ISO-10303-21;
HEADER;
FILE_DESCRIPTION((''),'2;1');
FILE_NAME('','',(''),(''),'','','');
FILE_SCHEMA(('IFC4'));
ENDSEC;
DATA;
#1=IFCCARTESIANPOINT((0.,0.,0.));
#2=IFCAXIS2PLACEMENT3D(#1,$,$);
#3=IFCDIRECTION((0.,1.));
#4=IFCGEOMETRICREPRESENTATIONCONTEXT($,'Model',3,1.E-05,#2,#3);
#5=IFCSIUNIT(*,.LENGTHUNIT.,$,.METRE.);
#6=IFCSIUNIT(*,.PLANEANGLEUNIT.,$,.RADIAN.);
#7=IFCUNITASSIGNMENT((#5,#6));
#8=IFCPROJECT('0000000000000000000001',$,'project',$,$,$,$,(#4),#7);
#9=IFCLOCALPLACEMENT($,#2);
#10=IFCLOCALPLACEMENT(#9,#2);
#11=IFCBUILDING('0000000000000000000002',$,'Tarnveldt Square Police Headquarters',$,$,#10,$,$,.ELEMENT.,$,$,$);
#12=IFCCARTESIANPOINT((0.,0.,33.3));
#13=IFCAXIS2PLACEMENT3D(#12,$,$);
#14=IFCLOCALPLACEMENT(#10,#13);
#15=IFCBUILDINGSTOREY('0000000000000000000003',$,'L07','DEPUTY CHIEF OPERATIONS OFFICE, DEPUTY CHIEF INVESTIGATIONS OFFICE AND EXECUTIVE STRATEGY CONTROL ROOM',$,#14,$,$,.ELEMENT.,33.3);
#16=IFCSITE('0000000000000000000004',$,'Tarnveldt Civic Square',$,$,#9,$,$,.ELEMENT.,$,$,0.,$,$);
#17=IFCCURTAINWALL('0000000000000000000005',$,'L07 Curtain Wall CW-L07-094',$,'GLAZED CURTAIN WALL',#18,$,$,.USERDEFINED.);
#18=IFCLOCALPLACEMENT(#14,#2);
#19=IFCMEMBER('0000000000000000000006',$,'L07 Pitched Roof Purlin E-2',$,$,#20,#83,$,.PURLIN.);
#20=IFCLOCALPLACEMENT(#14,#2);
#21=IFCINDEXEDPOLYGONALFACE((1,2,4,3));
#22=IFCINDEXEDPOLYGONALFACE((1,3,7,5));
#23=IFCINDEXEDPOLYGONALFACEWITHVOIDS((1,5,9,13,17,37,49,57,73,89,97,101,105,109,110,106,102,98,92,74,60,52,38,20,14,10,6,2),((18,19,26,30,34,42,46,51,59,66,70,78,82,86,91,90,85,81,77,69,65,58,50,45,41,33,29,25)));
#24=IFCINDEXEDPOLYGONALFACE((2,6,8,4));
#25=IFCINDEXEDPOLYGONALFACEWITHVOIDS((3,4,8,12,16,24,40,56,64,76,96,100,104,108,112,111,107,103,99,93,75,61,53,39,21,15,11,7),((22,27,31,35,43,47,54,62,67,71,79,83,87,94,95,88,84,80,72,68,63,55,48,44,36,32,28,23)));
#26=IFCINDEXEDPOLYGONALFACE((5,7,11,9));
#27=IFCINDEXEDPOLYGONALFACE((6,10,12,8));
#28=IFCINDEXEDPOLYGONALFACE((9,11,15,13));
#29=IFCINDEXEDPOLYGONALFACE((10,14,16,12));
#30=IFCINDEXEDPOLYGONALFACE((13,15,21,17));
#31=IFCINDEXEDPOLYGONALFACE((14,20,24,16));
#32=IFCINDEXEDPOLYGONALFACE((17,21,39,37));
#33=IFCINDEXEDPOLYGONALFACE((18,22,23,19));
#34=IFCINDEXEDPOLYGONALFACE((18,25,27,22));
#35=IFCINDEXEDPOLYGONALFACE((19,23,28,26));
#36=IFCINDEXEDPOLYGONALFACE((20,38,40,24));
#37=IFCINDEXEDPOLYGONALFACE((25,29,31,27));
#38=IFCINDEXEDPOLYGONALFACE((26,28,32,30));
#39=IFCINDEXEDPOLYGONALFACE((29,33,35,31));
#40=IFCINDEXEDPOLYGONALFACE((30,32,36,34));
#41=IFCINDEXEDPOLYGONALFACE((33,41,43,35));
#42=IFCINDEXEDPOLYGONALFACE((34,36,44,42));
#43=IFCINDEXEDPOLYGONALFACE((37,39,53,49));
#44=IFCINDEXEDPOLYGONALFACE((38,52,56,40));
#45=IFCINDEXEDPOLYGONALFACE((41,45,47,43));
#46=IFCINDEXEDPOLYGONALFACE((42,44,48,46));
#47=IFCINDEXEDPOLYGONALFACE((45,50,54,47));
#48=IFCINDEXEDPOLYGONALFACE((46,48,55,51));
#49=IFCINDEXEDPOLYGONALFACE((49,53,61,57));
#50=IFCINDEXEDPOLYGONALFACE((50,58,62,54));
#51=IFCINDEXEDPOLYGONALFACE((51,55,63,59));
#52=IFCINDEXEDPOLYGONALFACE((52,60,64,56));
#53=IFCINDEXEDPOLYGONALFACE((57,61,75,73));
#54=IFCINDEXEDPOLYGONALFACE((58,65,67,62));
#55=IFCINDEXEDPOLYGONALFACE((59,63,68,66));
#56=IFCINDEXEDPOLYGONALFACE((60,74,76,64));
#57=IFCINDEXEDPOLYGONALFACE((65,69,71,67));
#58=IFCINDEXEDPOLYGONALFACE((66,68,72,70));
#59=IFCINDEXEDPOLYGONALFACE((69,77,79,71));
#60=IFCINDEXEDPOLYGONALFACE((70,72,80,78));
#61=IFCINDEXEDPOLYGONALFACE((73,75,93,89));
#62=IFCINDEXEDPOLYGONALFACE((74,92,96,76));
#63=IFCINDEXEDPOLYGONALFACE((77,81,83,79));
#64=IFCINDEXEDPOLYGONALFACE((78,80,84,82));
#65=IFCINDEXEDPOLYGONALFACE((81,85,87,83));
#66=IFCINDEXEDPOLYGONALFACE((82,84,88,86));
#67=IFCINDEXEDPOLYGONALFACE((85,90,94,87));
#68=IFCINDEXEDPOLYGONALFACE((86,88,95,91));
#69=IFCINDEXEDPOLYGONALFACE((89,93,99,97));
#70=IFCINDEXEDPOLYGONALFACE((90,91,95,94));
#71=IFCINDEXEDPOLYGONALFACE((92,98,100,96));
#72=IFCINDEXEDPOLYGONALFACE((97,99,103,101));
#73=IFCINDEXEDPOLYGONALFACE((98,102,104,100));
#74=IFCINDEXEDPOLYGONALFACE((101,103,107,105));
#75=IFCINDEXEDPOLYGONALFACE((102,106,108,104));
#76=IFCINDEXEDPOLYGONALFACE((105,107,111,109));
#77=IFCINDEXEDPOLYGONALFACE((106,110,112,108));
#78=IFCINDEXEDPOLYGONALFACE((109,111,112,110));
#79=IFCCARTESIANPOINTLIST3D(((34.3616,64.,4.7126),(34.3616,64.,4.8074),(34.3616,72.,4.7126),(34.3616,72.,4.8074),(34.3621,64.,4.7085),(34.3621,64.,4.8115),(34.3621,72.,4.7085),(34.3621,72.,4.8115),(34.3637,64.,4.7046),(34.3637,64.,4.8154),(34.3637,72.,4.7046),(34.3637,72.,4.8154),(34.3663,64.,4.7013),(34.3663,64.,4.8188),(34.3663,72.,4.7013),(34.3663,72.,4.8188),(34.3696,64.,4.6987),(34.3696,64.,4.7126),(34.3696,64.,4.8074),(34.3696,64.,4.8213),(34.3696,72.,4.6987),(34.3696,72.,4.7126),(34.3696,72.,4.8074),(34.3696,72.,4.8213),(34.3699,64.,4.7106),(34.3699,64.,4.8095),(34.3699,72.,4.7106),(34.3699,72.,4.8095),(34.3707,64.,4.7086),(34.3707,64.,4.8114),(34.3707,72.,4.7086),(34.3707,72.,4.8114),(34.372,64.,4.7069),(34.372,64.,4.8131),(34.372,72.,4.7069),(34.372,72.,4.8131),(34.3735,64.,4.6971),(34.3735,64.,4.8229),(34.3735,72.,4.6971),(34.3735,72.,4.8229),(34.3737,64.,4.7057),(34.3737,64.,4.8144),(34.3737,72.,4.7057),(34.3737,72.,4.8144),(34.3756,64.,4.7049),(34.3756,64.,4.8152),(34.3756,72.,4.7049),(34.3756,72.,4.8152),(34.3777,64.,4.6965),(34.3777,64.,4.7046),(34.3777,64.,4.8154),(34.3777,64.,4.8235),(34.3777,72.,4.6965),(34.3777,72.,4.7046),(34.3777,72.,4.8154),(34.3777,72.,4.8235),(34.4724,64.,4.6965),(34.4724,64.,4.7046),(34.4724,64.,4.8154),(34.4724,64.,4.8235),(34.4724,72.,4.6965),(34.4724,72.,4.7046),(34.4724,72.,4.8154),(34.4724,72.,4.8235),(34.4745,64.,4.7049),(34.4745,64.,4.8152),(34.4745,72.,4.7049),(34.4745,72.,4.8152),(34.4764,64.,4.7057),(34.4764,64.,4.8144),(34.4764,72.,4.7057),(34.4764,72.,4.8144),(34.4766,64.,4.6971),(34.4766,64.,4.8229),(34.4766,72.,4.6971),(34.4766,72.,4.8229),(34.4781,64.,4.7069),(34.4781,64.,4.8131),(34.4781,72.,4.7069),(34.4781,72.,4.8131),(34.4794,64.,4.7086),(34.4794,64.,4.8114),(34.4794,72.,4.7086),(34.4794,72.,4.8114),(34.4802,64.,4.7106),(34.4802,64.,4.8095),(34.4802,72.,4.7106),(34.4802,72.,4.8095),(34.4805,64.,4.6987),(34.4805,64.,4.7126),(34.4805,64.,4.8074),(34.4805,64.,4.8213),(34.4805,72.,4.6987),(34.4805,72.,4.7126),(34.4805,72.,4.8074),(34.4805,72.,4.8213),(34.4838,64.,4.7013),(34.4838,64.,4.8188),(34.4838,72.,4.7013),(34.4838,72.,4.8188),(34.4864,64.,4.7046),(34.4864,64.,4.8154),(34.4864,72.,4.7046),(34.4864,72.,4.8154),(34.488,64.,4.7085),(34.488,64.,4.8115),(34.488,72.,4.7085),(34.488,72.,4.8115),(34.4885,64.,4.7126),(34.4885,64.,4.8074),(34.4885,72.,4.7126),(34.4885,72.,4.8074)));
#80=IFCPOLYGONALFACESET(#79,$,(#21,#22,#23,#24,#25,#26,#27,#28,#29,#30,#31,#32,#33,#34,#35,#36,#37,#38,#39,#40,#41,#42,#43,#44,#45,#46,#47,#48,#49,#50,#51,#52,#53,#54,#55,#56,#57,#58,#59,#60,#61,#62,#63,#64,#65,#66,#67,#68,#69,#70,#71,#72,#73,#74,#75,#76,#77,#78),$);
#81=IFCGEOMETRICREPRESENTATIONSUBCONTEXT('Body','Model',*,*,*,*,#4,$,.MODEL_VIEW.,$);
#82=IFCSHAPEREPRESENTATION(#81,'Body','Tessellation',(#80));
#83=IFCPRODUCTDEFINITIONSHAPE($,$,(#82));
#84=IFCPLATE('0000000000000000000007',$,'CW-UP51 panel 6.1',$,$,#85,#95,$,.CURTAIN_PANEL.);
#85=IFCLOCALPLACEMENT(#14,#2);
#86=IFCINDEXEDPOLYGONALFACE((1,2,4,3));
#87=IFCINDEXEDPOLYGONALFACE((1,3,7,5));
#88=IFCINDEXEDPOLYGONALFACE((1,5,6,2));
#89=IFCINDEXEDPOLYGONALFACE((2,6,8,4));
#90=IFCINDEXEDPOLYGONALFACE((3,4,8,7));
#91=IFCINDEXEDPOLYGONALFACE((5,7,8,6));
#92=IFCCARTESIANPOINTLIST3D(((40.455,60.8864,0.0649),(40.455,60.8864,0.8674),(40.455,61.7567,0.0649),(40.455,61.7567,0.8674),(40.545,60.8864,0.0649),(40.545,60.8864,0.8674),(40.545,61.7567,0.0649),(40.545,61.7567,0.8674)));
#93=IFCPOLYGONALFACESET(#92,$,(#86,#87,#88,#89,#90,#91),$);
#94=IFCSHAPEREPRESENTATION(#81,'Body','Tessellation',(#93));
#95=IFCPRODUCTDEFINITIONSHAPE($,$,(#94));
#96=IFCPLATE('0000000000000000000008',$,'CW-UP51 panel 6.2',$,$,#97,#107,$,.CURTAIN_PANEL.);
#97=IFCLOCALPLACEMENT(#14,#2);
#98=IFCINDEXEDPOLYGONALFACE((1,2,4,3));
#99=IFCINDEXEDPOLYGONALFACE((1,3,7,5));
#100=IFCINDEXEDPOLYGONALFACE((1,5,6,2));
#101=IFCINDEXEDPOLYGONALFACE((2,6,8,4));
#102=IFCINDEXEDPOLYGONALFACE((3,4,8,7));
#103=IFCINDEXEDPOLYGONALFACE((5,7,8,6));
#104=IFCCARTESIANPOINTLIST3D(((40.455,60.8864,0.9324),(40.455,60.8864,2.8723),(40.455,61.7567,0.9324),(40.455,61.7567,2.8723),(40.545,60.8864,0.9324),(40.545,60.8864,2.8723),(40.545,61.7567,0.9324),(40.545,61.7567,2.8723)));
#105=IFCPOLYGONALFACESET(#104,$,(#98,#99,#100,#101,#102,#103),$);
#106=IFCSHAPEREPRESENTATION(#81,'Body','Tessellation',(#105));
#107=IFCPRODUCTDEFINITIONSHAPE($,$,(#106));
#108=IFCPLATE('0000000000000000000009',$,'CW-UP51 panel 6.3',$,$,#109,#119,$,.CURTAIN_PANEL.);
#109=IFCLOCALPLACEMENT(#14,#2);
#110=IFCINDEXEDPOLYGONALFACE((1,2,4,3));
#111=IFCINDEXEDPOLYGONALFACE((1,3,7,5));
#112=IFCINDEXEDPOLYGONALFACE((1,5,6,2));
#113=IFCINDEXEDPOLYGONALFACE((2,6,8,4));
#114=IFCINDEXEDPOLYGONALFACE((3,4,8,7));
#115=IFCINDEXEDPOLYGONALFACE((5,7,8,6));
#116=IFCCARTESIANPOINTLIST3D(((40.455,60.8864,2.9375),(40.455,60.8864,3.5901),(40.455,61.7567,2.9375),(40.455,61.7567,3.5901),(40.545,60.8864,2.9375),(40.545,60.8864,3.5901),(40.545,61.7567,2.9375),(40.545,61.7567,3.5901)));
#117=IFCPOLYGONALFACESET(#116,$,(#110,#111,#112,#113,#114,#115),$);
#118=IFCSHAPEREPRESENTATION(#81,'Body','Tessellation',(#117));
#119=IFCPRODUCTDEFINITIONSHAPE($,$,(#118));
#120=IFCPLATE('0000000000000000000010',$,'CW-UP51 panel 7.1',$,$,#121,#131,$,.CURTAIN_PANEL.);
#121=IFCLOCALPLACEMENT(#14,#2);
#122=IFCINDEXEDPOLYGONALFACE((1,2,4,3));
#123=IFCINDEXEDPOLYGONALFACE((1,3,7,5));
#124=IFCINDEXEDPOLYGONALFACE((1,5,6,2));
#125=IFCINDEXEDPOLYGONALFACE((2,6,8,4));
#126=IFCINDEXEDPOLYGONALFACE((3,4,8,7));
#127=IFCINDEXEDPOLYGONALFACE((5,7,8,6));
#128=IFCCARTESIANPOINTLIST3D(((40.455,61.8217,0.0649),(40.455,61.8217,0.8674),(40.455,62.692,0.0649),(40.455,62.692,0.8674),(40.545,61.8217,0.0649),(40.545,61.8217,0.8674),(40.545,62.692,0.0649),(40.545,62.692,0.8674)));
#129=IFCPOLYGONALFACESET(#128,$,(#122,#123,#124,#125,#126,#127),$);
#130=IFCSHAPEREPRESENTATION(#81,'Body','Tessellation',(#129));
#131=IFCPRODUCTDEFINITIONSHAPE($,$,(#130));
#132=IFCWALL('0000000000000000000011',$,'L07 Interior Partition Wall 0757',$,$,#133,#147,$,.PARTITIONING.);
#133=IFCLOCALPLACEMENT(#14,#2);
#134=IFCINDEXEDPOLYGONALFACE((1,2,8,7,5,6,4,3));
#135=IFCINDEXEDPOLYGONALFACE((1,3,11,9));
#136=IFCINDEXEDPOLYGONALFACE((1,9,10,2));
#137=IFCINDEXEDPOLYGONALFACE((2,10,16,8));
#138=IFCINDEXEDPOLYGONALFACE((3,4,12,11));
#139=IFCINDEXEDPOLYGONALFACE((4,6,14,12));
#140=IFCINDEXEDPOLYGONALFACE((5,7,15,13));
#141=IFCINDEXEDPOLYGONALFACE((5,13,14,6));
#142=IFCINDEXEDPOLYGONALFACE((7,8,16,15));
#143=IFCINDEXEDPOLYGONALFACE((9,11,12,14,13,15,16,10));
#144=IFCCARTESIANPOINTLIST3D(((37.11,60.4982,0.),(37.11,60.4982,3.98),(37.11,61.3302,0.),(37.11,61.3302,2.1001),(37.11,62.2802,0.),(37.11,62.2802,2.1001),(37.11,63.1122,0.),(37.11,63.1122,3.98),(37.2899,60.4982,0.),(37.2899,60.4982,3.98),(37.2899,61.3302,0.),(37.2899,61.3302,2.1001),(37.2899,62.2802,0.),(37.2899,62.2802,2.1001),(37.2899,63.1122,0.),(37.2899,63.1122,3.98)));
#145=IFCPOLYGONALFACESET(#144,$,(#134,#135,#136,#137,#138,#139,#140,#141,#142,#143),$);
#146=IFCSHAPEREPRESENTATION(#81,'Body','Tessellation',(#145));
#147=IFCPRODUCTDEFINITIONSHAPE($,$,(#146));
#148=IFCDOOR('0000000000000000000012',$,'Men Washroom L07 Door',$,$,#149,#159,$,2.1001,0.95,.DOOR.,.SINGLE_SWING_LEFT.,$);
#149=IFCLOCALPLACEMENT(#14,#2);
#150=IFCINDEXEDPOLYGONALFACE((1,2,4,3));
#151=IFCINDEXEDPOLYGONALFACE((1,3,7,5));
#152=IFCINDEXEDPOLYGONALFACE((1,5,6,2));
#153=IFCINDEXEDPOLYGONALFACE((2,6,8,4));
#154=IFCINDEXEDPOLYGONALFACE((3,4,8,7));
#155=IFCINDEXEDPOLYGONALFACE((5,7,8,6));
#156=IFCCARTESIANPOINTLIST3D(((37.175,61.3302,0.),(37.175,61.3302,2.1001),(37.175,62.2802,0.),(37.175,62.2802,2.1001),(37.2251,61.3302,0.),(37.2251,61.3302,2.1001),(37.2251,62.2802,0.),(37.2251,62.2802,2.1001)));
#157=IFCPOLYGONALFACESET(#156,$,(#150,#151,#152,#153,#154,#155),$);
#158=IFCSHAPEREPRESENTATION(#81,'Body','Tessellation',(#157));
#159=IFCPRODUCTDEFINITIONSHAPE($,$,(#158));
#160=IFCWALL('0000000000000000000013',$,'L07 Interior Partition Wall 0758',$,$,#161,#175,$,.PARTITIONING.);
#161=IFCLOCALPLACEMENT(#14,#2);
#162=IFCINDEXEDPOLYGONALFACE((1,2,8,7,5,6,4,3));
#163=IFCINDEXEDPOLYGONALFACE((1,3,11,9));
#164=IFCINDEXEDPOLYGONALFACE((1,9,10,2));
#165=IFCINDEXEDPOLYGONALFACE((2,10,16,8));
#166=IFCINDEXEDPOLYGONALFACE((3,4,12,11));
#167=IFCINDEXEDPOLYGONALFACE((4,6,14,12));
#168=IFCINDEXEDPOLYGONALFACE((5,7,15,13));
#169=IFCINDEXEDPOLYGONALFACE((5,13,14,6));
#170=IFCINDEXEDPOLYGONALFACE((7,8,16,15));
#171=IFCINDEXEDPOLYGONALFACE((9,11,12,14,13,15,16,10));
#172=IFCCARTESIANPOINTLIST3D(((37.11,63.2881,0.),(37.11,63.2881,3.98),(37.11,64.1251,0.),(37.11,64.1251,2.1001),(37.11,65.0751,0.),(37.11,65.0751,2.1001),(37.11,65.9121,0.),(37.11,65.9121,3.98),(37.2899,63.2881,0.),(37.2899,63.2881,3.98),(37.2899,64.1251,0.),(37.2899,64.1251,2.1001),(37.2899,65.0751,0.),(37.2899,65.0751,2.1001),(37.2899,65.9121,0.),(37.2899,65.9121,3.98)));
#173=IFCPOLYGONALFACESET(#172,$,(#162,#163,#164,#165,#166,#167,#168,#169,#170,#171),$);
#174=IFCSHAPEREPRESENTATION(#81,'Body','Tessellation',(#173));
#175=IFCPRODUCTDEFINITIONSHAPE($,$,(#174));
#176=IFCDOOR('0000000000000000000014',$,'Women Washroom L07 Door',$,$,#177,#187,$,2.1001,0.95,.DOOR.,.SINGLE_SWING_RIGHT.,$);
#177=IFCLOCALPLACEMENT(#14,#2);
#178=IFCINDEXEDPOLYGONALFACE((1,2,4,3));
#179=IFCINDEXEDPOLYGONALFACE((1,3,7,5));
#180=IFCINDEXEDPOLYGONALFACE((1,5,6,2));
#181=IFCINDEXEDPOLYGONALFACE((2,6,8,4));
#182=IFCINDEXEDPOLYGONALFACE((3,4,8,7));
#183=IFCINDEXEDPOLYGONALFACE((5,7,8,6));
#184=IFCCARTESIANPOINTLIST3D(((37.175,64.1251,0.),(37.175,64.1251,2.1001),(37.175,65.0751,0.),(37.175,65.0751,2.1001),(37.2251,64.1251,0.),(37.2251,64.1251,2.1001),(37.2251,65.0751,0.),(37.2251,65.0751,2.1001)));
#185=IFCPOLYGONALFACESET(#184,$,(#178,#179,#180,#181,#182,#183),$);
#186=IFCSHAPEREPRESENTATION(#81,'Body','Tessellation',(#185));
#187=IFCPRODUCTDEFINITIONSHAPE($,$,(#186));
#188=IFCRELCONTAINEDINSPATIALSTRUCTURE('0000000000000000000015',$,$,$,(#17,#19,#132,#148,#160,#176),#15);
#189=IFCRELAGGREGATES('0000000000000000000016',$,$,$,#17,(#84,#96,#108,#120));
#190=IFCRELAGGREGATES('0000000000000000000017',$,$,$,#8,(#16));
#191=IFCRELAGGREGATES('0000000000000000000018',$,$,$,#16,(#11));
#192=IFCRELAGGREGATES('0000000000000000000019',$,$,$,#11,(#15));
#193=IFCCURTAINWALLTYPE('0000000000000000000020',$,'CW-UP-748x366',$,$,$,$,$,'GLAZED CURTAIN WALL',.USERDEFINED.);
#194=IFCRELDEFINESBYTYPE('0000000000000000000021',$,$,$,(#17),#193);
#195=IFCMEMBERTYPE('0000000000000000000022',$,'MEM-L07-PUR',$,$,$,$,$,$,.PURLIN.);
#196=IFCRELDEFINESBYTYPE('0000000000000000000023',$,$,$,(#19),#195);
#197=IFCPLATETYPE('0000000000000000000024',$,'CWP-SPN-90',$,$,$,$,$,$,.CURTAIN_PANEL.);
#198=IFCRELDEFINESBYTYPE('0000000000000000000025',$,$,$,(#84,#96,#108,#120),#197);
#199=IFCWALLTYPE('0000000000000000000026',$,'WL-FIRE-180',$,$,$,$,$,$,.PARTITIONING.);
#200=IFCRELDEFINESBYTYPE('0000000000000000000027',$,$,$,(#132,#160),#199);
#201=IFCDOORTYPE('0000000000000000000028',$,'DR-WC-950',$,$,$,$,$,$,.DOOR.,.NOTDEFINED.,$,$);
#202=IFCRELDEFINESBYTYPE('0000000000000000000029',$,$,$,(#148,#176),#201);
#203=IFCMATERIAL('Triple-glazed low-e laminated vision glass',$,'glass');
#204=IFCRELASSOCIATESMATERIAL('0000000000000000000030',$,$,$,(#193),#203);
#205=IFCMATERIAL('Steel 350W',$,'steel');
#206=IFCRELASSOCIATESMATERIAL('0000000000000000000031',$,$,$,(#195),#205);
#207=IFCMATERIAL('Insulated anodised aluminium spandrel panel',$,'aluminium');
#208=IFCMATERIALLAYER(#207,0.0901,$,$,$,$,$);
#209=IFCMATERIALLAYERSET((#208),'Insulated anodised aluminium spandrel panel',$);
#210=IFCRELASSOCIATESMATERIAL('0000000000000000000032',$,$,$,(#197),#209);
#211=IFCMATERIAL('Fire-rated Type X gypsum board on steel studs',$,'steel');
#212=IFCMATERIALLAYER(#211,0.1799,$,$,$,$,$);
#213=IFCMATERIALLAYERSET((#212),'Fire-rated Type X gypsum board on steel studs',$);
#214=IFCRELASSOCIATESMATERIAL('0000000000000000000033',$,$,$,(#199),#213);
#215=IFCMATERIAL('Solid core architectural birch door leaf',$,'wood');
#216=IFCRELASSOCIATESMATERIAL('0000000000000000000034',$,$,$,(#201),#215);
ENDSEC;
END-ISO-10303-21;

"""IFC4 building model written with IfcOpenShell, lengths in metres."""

from ifc_helpers import new_model, si_unit, direction, frame, frame_2d, origin, origin_2d, place, context, subcontext, project, spatial, rectangle, hollow_rectangle, extrude, material, layer, layer_set, material_profile, profile_set, type_object, element, fill, aggregate, save


model = new_model("IFC4")

# Units and contexts
model_context = context("Model", 3, precision=1e-05, world=origin(), true_north=direction((0.0, 1.0)))
body_context = subcontext(model_context, "Body", "Model", "MODEL_VIEW")
ifc_project = project(units=[si_unit("LENGTHUNIT", "METRE"), si_unit("PLANEANGLEUNIT", "RADIAN")], contexts=[model_context])

# Site, building, storey
site_placement = place(None, origin())
site = spatial("IfcSite", under=ifc_project, at=site_placement, Name="Tarnveldt Civic Square", CompositionType="ELEMENT", RefElevation=0.0)
building_placement = place(site_placement, origin())
building = spatial("IfcBuilding", under=site, at=building_placement, Name="Tarnveldt Square Police Headquarters", CompositionType="ELEMENT")
storey_placement = place(building_placement, frame((0.0, 0.0, 33.3)))
storey = spatial("IfcBuildingStorey", under=building, at=storey_placement, Name="L07", Description="DEPUTY CHIEF OPERATIONS OFFICE, DEPUTY CHIEF INVESTIGATIONS OFFICE AND EXECUTIVE STRATEGY CONTROL ROOM", CompositionType="ELEMENT", Elevation=33.3)

# Curtain wall
ifc_material_1 = material(Name="Triple-glazed low-e laminated vision glass", Category="glass")
curtain_wall_type = type_object("IfcCurtainWallType", Name="CW-UP-748x366", ElementType="GLAZED CURTAIN WALL", PredefinedType="USERDEFINED", material=ifc_material_1)
curtain_wall_placement = place(storey_placement, origin())
curtain_wall = element("IfcCurtainWall", 1, at=curtain_wall_placement, inside=storey, type_object=curtain_wall_type, Name="L07 Curtain Wall CW-L07-094", ObjectType="GLAZED CURTAIN WALL", PredefinedType="USERDEFINED")

# Member
ifc_material_2 = material(Name="Steel 350W", Category="steel")
ifc_material_profile_1 = material_profile(ifc_material_2, hollow_rectangle(XDim=0.127, YDim=0.127, WallThickness=0.0081, InnerFilletRadius=0.0081, OuterFilletRadius=0.0161, at=origin_2d()), Name="HSS127x127x8.0")
ifc_profile_set_1 = profile_set([ifc_material_profile_1], Name="Steel 350W")
member_type_1 = type_object("IfcMemberType", Name="MEM-L07-PUR", PredefinedType="PURLIN", material=ifc_profile_set_1)
member_1_placement = place(storey_placement, frame((34.425, 64.0, 4.76), z_axis=(0.0, 1.0, 0.0), x_axis=(-1.0, 0.0, 0.0)))
element("IfcMember", 2, at=member_1_placement, inside=storey, type_object=member_type_1, Name="L07 Pitched Roof Purlin E-2", PredefinedType="PURLIN", context=body_context, shape_type="SweptSolid", body=[
    extrude(hollow_rectangle(XDim=0.127, YDim=0.127, WallThickness=0.0081, InnerFilletRadius=0.0081, OuterFilletRadius=0.0161, at=origin_2d()), origin(), (0.0, 0.0, 1.0), 8.0),
])

# Plates
ifc_material_3 = material(Name="Insulated anodised aluminium spandrel panel", Category="aluminium")
ifc_layer_1 = layer(ifc_material_3, 0.0901)
ifc_layer_set_1 = layer_set([ifc_layer_1], Name="Insulated anodised aluminium spandrel panel")
plate_type = type_object("IfcPlateType", Name="CWP-SPN-90", PredefinedType="CURTAIN_PANEL", material=ifc_layer_set_1)
plate_1_placement = place(storey_placement, frame((40.5, 61.3215, 0.0649), z_axis=(0.0, 0.0, 1.0), x_axis=(0.0, 1.0, 0.0)))
plate_1 = element("IfcPlate", 3, at=plate_1_placement, type_object=plate_type, Name="CW-UP51 panel 6.1", PredefinedType="CURTAIN_PANEL", context=body_context, shape_type="SweptSolid", body=[
    extrude(rectangle(XDim=0.8704, YDim=0.0901, at=origin_2d()), origin(), (0.0, 0.0, 1.0), 0.8025),
])
plate_2_placement = place(storey_placement, frame((40.5, 61.3215, 0.9324), z_axis=(0.0, 0.0, 1.0), x_axis=(0.0, 1.0, 0.0)))
plate_2 = element("IfcPlate", 4, at=plate_2_placement, type_object=plate_type, Name="CW-UP51 panel 6.2", PredefinedType="CURTAIN_PANEL", context=body_context, shape_type="SweptSolid", body=[
    extrude(rectangle(XDim=0.8704, YDim=0.0901, at=origin_2d()), origin(), (0.0, 0.0, 1.0), 1.9399),
])
plate_3_placement = place(storey_placement, frame((40.5, 61.3215, 2.9375), z_axis=(0.0, 0.0, 1.0), x_axis=(0.0, 1.0, 0.0)))
plate_3 = element("IfcPlate", 5, at=plate_3_placement, type_object=plate_type, Name="CW-UP51 panel 6.3", PredefinedType="CURTAIN_PANEL", context=body_context, shape_type="SweptSolid", body=[
    extrude(rectangle(XDim=0.8704, YDim=0.0901, at=origin_2d()), origin(), (0.0, 0.0, 1.0), 0.6526),
])
plate_4_placement = place(storey_placement, frame((40.5, 62.2568, 0.0649), z_axis=(0.0, 0.0, 1.0), x_axis=(0.0, 1.0, 0.0)))
plate_4 = element("IfcPlate", 6, at=plate_4_placement, type_object=plate_type, Name="CW-UP51 panel 7.1", PredefinedType="CURTAIN_PANEL", context=body_context, shape_type="SweptSolid", body=[
    extrude(rectangle(XDim=0.8704, YDim=0.0901, at=origin_2d()), origin(), (0.0, 0.0, 1.0), 0.8025),
])
aggregate(curtain_wall, [plate_1, plate_2, plate_3, plate_4])

# Walls, openings, doors
ifc_material_4 = material(Name="Fire-rated Type X gypsum board on steel studs", Category="steel")
ifc_layer_2 = layer(ifc_material_4, 0.1799)
ifc_layer_set_2 = layer_set([ifc_layer_2], Name="Fire-rated Type X gypsum board on steel studs")
wall_type_1 = type_object("IfcWallType", Name="WL-FIRE-180", PredefinedType="PARTITIONING", material=ifc_layer_set_2)
wall_1_placement = place(storey_placement, frame((37.2, 60.498, 0.0), z_axis=(0.0, 0.0, 1.0), x_axis=(0.0, 1.0, 0.0)))
wall_1 = element("IfcWall", 7, at=wall_1_placement, inside=storey, type_object=wall_type_1, Name="L07 Interior Partition Wall 0757", PredefinedType="PARTITIONING", context=body_context, shape_type="SweptSolid", body=[
    extrude(rectangle(XDim=2.614, YDim=0.1799, at=frame_2d((1.3071, 0.0))), origin(), (0.0, 0.0, 1.0), 3.98),
])
opening_1_placement = place(wall_1_placement, frame((0.832, 0.0, 0.0)))
opening_1 = element("IfcOpeningElement", 8, at=opening_1_placement, cuts=wall_1, PredefinedType="OPENING", context=body_context, shape_type="SweptSolid", body=[
    extrude(rectangle(XDim=0.95, YDim=2.1001, at=frame_2d((0.4751, 1.05))), frame((0.0, 0.0999, 0.0), z_axis=(0.0, -1.0, 0.0), x_axis=(1.0, 0.0, 0.0)), (0.0, 0.0, 1.0), 0.2),
])
ifc_material_5 = material(Name="Solid core architectural birch door leaf", Category="wood")
door_type_1 = type_object("IfcDoorType", Name="DR-WC-950", OperationType="NOTDEFINED", PredefinedType="DOOR", material=ifc_material_5)
door_1_placement = place(opening_1_placement, origin())
door_1 = element("IfcDoor", 9, at=door_1_placement, inside=storey, type_object=door_type_1, Name="Men Washroom L07 Door", OperationType="SINGLE_SWING_LEFT", OverallHeight=2.1001, OverallWidth=0.95, PredefinedType="DOOR", context=body_context, shape_type="SweptSolid", body=[
    extrude(rectangle(XDim=0.95, YDim=2.1001, at=frame_2d((0.4751, 1.05))), frame((0.0, 0.0249, 0.0), z_axis=(0.0, -1.0, 0.0), x_axis=(1.0, 0.0, 0.0)), (0.0, 0.0, 1.0), 0.05),
])
fill(opening_1, door_1)
wall_2_placement = place(storey_placement, frame((37.2, 63.2881, 0.0), z_axis=(0.0, 0.0, 1.0), x_axis=(0.0, 1.0, 0.0)))
wall_2 = element("IfcWall", 10, at=wall_2_placement, inside=storey, type_object=wall_type_1, Name="L07 Interior Partition Wall 0758", PredefinedType="PARTITIONING", context=body_context, shape_type="SweptSolid", body=[
    extrude(rectangle(XDim=2.624, YDim=0.1799, at=frame_2d((1.312, 0.0))), origin(), (0.0, 0.0, 1.0), 3.98),
])
opening_2_placement = place(wall_2_placement, frame((0.8369, 0.0, 0.0)))
opening_2 = element("IfcOpeningElement", 11, at=opening_2_placement, cuts=wall_2, PredefinedType="OPENING", context=body_context, shape_type="SweptSolid", body=[
    extrude(rectangle(XDim=0.95, YDim=2.1001, at=frame_2d((0.4751, 1.05))), frame((0.0, 0.0999, 0.0), z_axis=(0.0, -1.0, 0.0), x_axis=(1.0, 0.0, 0.0)), (0.0, 0.0, 1.0), 0.2),
])
door_2_placement = place(opening_2_placement, origin())
door_2 = element("IfcDoor", 12, at=door_2_placement, inside=storey, type_object=door_type_1, Name="Women Washroom L07 Door", OperationType="SINGLE_SWING_RIGHT", OverallHeight=2.1001, OverallWidth=0.95, PredefinedType="DOOR", context=body_context, shape_type="SweptSolid", body=[
    extrude(rectangle(XDim=0.95, YDim=2.1001, at=frame_2d((0.4751, 1.05))), frame((0.0, 0.0249, 0.0), z_axis=(0.0, -1.0, 0.0), x_axis=(1.0, 0.0, 0.0)), (0.0, 0.0, 1.0), 0.05),
])
fill(opening_2, door_2)

save(model, "model.ifc")
